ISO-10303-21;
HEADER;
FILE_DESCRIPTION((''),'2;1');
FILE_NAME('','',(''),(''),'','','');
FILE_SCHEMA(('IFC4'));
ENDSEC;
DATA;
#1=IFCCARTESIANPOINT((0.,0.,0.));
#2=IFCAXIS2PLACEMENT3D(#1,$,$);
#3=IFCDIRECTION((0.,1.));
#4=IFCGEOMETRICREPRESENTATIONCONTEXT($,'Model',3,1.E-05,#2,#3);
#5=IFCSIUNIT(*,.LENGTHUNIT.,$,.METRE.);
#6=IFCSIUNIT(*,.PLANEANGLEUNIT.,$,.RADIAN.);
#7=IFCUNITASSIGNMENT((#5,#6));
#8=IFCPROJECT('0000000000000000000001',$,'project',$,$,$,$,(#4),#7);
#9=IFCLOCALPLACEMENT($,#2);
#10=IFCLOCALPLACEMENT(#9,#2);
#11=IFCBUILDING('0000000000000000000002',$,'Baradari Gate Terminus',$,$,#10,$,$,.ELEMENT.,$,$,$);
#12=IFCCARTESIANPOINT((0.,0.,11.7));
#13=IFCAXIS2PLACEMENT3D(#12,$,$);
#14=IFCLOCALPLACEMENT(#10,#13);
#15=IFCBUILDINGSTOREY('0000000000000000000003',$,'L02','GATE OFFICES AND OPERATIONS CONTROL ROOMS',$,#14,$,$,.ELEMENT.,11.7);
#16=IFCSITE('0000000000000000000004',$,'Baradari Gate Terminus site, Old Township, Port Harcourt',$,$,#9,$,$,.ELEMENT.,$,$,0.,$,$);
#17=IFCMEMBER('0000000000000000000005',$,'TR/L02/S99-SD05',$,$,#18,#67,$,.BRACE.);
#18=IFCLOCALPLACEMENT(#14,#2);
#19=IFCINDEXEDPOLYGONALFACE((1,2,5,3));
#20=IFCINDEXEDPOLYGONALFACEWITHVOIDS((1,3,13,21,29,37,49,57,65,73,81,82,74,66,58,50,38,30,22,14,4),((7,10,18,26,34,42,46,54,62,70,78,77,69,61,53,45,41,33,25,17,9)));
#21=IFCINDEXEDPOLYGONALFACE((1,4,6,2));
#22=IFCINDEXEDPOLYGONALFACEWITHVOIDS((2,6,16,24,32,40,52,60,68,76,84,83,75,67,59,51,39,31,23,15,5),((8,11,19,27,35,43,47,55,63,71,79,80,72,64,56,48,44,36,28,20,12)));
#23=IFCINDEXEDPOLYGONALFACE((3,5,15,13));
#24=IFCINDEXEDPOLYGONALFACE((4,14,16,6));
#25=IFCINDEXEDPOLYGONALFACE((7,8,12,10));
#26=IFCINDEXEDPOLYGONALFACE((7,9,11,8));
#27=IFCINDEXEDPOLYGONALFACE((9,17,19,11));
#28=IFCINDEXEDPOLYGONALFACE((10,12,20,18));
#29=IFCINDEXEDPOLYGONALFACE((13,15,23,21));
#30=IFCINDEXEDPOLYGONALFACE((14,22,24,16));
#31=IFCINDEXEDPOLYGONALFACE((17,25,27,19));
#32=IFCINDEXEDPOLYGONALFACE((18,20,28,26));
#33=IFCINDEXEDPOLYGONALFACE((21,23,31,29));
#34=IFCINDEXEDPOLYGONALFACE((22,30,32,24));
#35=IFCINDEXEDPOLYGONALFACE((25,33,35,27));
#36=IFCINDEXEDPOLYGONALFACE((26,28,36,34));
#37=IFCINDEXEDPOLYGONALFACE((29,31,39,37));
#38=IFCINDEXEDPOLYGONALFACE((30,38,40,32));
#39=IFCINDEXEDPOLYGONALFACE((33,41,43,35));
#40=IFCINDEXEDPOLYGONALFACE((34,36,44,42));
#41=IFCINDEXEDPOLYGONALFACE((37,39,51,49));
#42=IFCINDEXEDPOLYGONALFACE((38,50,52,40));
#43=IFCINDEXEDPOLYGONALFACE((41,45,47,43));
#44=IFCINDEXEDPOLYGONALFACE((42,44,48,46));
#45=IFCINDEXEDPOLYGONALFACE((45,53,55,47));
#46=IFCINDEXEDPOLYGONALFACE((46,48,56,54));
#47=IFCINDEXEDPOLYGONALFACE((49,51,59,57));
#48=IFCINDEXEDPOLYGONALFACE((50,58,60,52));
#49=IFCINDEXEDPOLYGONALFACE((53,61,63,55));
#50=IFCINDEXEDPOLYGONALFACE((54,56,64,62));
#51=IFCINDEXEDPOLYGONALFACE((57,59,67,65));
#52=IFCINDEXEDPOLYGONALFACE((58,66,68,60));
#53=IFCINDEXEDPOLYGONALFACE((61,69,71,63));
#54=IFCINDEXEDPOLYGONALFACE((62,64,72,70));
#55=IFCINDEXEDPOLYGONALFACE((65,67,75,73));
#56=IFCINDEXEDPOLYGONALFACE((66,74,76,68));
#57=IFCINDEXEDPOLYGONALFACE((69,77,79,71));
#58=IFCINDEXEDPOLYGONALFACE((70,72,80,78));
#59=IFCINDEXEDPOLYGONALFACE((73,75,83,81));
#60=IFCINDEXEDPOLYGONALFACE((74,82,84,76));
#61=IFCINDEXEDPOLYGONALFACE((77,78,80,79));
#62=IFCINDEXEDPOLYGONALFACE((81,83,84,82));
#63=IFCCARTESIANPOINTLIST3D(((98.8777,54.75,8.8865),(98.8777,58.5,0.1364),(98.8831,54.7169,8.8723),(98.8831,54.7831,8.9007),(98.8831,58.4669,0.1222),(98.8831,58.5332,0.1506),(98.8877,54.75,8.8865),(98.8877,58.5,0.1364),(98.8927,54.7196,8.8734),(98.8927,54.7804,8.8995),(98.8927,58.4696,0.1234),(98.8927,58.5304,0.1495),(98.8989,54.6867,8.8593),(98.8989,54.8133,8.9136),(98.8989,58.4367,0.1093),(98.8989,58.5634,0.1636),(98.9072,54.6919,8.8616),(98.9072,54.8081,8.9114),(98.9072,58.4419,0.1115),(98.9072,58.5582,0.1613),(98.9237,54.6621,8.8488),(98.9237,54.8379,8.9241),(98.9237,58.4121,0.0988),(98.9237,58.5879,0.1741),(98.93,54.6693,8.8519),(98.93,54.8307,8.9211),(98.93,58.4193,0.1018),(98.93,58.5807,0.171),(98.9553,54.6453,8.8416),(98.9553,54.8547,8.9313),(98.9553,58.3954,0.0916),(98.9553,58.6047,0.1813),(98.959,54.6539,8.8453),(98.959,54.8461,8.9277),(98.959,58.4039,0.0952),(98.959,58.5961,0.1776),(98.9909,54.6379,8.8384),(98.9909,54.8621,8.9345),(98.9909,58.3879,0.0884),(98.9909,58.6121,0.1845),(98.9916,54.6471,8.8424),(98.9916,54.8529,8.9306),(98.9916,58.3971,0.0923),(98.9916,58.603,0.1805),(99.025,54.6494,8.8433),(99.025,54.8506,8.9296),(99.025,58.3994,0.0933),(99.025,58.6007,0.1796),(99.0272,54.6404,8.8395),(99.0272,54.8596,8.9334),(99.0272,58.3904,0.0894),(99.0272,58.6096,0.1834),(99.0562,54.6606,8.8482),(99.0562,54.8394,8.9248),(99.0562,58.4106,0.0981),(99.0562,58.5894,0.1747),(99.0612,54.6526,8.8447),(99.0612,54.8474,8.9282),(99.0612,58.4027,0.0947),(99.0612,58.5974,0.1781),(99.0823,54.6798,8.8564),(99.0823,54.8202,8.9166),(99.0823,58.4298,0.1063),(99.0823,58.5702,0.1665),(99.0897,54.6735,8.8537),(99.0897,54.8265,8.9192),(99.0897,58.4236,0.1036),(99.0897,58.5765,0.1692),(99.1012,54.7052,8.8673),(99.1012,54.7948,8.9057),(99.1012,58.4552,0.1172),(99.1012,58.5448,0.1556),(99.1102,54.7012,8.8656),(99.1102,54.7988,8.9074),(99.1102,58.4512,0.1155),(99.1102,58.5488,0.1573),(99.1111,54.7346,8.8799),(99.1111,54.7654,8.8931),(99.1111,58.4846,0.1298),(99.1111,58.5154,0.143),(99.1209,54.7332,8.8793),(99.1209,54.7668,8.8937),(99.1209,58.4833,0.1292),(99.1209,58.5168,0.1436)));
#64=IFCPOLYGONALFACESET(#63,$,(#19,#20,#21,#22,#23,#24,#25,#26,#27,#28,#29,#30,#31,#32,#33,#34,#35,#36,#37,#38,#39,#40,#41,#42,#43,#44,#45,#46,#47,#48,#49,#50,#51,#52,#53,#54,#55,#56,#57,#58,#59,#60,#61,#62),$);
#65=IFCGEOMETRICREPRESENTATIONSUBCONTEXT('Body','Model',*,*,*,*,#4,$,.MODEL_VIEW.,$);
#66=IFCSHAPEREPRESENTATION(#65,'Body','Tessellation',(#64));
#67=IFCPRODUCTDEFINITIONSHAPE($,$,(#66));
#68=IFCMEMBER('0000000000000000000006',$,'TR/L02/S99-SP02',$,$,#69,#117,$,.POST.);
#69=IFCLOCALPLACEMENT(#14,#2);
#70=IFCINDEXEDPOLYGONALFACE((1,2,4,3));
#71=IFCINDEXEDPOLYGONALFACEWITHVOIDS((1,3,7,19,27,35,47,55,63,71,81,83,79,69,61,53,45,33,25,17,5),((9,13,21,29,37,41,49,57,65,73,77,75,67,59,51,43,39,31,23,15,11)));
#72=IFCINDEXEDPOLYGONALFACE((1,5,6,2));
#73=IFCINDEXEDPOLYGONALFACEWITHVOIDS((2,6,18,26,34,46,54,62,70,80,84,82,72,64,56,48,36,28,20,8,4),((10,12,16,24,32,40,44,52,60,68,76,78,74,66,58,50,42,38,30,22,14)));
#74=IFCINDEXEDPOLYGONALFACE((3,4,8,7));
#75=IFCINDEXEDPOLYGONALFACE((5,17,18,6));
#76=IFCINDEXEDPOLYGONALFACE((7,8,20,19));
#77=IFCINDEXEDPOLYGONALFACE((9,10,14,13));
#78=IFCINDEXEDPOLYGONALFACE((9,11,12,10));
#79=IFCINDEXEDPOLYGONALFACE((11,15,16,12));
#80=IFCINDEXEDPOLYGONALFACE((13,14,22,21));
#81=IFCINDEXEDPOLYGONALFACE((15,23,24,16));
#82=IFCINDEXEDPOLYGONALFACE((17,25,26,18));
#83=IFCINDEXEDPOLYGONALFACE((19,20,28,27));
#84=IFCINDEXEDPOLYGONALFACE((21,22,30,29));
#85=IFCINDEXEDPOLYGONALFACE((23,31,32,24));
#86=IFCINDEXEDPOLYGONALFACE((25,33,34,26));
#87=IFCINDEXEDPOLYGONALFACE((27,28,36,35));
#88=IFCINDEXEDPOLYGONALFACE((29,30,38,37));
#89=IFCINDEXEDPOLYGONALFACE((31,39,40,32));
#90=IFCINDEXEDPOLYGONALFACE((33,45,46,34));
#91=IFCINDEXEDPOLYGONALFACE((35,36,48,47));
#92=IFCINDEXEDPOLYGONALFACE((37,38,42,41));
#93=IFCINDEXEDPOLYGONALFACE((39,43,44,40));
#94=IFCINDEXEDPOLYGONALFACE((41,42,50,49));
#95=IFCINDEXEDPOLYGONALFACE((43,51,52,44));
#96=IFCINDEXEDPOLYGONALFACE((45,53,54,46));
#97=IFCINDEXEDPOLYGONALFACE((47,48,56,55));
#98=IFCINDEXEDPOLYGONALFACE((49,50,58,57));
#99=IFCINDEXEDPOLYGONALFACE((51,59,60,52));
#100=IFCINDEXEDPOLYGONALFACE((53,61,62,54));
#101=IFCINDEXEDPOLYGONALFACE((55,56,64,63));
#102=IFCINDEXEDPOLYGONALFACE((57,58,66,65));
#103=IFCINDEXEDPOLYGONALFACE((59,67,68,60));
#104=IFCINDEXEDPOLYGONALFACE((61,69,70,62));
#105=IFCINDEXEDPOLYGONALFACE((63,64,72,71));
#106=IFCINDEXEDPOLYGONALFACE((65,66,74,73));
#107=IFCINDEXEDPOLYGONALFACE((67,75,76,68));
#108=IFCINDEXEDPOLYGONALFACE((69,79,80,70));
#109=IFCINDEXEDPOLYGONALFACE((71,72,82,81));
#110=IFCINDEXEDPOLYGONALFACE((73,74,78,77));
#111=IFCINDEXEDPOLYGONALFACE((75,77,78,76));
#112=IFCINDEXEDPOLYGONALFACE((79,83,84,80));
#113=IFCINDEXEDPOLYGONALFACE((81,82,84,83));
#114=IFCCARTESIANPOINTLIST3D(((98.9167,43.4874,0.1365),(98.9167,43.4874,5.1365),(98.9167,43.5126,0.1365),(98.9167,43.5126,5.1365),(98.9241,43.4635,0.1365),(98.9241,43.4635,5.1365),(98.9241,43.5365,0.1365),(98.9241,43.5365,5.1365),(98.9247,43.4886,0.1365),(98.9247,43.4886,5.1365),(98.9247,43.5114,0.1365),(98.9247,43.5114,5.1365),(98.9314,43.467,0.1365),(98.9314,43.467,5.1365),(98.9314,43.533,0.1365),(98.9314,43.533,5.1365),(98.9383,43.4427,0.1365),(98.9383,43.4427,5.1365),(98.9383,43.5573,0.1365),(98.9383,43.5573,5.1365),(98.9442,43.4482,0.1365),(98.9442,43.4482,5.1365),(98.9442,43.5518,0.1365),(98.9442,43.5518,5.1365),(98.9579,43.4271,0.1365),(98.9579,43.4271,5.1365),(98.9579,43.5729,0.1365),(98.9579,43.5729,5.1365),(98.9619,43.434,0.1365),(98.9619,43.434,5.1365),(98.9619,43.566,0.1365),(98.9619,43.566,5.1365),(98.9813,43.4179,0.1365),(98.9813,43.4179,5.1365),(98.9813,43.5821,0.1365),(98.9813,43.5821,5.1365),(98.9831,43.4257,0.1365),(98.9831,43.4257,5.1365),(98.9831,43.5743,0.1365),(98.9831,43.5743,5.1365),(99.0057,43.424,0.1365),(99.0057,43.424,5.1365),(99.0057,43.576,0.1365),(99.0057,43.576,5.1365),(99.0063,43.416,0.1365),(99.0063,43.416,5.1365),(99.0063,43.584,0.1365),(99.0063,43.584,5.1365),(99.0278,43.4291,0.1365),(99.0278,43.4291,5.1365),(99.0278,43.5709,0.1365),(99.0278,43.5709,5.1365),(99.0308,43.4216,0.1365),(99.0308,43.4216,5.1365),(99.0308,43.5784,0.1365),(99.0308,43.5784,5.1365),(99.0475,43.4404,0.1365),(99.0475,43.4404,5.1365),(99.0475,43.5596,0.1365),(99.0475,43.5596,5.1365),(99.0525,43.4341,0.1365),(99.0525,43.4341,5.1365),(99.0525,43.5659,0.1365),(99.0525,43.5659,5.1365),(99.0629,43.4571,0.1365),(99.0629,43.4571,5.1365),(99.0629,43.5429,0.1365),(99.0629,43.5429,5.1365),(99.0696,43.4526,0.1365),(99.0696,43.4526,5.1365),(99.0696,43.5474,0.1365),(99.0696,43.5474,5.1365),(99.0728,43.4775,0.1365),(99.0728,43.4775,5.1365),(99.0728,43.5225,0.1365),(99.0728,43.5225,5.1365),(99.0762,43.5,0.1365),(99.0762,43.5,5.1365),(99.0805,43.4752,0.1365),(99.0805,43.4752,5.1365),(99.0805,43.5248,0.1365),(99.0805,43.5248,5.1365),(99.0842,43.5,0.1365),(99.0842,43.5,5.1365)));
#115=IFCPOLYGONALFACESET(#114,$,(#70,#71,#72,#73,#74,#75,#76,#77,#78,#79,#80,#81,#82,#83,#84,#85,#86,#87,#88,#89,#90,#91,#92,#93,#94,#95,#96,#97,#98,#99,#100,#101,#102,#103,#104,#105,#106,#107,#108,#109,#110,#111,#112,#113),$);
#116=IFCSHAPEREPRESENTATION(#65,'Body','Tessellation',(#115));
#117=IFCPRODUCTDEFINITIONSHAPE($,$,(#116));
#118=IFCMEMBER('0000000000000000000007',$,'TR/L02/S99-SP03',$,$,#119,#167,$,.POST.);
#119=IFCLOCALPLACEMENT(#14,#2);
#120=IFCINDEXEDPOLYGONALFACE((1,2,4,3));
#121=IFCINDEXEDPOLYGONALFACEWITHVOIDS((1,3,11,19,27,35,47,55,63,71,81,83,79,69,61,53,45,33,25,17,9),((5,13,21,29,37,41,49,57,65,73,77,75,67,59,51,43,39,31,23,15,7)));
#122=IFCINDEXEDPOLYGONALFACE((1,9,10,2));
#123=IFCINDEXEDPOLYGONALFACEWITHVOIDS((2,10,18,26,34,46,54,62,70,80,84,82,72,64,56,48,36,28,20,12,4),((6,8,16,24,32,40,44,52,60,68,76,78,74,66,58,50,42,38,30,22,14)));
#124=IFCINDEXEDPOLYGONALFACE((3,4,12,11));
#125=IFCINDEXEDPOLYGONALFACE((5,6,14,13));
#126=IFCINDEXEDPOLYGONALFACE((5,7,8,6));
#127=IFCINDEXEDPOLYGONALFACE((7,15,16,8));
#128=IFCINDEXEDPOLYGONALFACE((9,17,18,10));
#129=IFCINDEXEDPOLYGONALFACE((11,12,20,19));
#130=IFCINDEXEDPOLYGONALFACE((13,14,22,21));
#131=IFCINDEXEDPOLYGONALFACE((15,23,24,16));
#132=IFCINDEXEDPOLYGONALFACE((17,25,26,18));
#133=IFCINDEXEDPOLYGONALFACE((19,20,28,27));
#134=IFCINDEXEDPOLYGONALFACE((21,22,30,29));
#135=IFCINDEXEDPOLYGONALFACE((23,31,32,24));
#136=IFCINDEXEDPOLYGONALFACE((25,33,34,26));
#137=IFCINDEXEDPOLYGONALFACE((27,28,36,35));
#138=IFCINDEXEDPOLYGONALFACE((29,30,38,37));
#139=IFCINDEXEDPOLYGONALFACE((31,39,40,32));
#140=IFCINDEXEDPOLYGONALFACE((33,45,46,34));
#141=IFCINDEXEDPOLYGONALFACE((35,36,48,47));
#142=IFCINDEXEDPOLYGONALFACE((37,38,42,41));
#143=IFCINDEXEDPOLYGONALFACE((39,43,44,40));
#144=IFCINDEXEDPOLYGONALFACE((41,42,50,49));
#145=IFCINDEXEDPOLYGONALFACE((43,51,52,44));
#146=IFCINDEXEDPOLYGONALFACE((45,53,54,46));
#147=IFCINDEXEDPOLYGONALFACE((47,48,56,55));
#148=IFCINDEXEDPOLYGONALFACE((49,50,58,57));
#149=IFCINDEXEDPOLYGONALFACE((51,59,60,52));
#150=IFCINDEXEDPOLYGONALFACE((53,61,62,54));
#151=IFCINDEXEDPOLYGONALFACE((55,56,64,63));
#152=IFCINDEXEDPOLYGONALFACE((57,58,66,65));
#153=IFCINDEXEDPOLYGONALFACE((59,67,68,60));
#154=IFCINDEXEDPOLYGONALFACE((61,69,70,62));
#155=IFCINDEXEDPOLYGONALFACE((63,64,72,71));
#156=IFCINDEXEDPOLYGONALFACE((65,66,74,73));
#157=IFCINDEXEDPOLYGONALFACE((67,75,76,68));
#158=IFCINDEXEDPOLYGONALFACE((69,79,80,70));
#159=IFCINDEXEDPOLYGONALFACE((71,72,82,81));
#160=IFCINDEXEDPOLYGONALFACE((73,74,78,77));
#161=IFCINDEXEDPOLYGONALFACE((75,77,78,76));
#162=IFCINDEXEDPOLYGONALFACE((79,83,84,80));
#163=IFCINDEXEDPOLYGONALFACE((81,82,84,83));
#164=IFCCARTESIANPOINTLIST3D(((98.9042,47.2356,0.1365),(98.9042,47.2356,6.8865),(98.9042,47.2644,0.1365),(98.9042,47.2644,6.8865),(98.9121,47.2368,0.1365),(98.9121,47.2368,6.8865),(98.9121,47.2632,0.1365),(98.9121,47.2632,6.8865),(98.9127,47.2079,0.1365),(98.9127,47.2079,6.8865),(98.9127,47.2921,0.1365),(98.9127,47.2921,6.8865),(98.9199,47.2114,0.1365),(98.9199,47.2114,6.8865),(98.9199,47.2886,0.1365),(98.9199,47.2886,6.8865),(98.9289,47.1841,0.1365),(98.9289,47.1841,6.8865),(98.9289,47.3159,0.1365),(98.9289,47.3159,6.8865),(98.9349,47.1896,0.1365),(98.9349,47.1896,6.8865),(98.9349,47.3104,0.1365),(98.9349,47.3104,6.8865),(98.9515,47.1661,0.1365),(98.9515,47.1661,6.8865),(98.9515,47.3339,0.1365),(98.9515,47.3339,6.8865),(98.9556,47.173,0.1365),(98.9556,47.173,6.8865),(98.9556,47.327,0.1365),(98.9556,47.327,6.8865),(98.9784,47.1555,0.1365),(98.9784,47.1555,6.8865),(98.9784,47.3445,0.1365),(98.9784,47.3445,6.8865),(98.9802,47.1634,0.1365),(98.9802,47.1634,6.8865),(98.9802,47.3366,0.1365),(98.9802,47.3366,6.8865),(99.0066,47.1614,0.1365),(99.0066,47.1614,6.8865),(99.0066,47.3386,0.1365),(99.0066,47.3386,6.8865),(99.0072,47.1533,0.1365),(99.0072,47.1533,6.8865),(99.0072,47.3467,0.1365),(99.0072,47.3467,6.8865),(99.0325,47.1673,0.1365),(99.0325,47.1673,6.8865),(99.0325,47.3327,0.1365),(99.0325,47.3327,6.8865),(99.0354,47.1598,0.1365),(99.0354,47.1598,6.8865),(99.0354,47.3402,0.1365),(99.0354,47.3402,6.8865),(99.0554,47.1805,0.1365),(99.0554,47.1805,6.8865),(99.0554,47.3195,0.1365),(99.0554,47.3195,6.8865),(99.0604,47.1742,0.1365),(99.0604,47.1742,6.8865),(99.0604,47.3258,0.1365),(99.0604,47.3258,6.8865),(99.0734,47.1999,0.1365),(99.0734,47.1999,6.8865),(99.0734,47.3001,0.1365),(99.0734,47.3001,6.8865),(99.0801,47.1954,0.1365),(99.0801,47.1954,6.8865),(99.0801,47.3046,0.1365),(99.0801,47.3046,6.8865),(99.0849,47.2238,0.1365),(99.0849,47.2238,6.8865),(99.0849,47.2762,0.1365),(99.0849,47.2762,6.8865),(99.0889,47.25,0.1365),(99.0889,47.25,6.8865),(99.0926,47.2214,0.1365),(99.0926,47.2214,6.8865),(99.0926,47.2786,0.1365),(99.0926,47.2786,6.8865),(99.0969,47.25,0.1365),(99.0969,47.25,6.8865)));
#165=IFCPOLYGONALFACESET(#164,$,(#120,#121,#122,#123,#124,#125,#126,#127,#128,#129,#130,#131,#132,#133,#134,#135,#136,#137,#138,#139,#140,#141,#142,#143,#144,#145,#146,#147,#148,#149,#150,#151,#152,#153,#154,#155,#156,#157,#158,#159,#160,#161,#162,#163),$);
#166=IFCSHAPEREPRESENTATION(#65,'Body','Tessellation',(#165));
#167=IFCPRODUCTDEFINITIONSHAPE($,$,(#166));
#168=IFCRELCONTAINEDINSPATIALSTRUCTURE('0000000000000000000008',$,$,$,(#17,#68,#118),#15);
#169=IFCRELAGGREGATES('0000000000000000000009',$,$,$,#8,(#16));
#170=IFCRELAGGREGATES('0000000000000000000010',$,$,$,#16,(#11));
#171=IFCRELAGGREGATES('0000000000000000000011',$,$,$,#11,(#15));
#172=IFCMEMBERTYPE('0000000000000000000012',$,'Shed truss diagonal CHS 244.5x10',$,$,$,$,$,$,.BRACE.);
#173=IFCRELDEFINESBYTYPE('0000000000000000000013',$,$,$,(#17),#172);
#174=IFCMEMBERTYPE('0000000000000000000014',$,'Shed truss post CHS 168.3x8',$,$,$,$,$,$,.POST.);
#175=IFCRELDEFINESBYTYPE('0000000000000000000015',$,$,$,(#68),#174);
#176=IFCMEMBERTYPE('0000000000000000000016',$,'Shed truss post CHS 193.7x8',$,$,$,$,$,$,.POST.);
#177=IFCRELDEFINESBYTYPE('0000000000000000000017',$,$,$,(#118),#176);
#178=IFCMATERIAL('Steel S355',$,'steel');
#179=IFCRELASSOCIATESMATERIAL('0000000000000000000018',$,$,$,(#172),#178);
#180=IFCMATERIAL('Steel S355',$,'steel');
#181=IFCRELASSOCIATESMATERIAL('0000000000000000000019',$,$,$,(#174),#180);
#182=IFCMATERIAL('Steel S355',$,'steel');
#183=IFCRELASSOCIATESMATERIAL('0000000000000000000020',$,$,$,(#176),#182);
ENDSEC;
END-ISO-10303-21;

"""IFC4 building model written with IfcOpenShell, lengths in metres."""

from ifc_helpers import new_model, si_unit, direction, frame, origin, origin_2d, place, context, subcontext, project, spatial, hollow_circle, extrude, material, material_profile, profile_set, type_object, element, save


model = new_model("IFC4")

# Units and contexts
model_context = context("Model", 3, precision=1e-05, world=origin(), true_north=direction((0.0, 1.0)))
body_context = subcontext(model_context, "Body", "Model", "MODEL_VIEW")
ifc_project = project(units=[si_unit("LENGTHUNIT", "METRE"), si_unit("PLANEANGLEUNIT", "RADIAN")], contexts=[model_context])

# Site, building, storey
site_placement = place(None, origin())
site = spatial("IfcSite", under=ifc_project, at=site_placement, Name="Baradari Gate Terminus site, Old Township, Port Harcourt", CompositionType="ELEMENT", RefElevation=0.0)
building_placement = place(site_placement, origin())
building = spatial("IfcBuilding", under=site, at=building_placement, Name="Baradari Gate Terminus", CompositionType="ELEMENT")
storey_placement = place(building_placement, frame((0.0, 0.0, 11.7)))
storey = spatial("IfcBuildingStorey", under=building, at=storey_placement, Name="L02", Description="GATE OFFICES AND OPERATIONS CONTROL ROOMS", CompositionType="ELEMENT", Elevation=11.7)

# Members
ifc_material_1 = material(Name="Steel S355", Category="steel")
ifc_material_profile_1 = material_profile(ifc_material_1, hollow_circle(Radius=0.1223, WallThickness=0.01, at=origin_2d()), Name="CHS 244.5x10")
ifc_profile_set_1 = profile_set([ifc_material_profile_1], Name="Steel S355")
member_type_1 = type_object("IfcMemberType", Name="Shed truss diagonal CHS 244.5x10", PredefinedType="BRACE", material=ifc_profile_set_1)
for number, where, z_axis, x_axis, name in (
    (1, (99.0, 54.75, 8.8865), (0.0, 0.393919, -0.919145), (-1.0, 0.0, 0.0), "TR/L02/S99-SD05"),
):
    element("IfcMember", number, at=place(storey_placement, frame(where, z_axis=z_axis, x_axis=x_axis)), inside=storey, type_object=member_type_1, Name=name, PredefinedType="BRACE", context=body_context, shape_type="SweptSolid", body=[
        extrude(hollow_circle(Radius=0.1223, WallThickness=0.01, at=origin_2d()), origin(), (0.0, 0.0, 1.0), 9.5198),
    ])
ifc_material_2 = material(Name="Steel S355", Category="steel")
ifc_material_profile_2 = material_profile(ifc_material_2, hollow_circle(Radius=0.0842, WallThickness=0.0081, at=origin_2d()), Name="CHS 168.3x8")
ifc_profile_set_2 = profile_set([ifc_material_profile_2], Name="Steel S355")
member_type_2 = type_object("IfcMemberType", Name="Shed truss post CHS 168.3x8", PredefinedType="POST", material=ifc_profile_set_2)
member_1_placement = place(storey_placement, frame((99.0, 43.5, 0.1365), z_axis=(0.0, 0.0, 1.0), x_axis=(1.0, 0.0, 0.0)))
element("IfcMember", 2, at=member_1_placement, inside=storey, type_object=member_type_2, Name="TR/L02/S99-SP02", PredefinedType="POST", context=body_context, shape_type="SweptSolid", body=[
    extrude(hollow_circle(Radius=0.0842, WallThickness=0.0081, at=origin_2d()), origin(), (0.0, 0.0, 1.0), 5.0),
])
ifc_material_3 = material(Name="Steel S355", Category="steel")
ifc_material_profile_3 = material_profile(ifc_material_3, hollow_circle(Radius=0.0969, WallThickness=0.0081, at=origin_2d()), Name="CHS 193.7x8")
ifc_profile_set_3 = profile_set([ifc_material_profile_3], Name="Steel S355")
member_type_3 = type_object("IfcMemberType", Name="Shed truss post CHS 193.7x8", PredefinedType="POST", material=ifc_profile_set_3)
member_2_placement = place(storey_placement, frame((99.0, 47.25, 0.1365), z_axis=(0.0, 0.0, 1.0), x_axis=(1.0, 0.0, 0.0)))
element("IfcMember", 3, at=member_2_placement, inside=storey, type_object=member_type_3, Name="TR/L02/S99-SP03", PredefinedType="POST", context=body_context, shape_type="SweptSolid", body=[
    extrude(hollow_circle(Radius=0.0969, WallThickness=0.0081, at=origin_2d()), origin(), (0.0, 0.0, 1.0), 6.75),
])

save(model, "model.ifc")
